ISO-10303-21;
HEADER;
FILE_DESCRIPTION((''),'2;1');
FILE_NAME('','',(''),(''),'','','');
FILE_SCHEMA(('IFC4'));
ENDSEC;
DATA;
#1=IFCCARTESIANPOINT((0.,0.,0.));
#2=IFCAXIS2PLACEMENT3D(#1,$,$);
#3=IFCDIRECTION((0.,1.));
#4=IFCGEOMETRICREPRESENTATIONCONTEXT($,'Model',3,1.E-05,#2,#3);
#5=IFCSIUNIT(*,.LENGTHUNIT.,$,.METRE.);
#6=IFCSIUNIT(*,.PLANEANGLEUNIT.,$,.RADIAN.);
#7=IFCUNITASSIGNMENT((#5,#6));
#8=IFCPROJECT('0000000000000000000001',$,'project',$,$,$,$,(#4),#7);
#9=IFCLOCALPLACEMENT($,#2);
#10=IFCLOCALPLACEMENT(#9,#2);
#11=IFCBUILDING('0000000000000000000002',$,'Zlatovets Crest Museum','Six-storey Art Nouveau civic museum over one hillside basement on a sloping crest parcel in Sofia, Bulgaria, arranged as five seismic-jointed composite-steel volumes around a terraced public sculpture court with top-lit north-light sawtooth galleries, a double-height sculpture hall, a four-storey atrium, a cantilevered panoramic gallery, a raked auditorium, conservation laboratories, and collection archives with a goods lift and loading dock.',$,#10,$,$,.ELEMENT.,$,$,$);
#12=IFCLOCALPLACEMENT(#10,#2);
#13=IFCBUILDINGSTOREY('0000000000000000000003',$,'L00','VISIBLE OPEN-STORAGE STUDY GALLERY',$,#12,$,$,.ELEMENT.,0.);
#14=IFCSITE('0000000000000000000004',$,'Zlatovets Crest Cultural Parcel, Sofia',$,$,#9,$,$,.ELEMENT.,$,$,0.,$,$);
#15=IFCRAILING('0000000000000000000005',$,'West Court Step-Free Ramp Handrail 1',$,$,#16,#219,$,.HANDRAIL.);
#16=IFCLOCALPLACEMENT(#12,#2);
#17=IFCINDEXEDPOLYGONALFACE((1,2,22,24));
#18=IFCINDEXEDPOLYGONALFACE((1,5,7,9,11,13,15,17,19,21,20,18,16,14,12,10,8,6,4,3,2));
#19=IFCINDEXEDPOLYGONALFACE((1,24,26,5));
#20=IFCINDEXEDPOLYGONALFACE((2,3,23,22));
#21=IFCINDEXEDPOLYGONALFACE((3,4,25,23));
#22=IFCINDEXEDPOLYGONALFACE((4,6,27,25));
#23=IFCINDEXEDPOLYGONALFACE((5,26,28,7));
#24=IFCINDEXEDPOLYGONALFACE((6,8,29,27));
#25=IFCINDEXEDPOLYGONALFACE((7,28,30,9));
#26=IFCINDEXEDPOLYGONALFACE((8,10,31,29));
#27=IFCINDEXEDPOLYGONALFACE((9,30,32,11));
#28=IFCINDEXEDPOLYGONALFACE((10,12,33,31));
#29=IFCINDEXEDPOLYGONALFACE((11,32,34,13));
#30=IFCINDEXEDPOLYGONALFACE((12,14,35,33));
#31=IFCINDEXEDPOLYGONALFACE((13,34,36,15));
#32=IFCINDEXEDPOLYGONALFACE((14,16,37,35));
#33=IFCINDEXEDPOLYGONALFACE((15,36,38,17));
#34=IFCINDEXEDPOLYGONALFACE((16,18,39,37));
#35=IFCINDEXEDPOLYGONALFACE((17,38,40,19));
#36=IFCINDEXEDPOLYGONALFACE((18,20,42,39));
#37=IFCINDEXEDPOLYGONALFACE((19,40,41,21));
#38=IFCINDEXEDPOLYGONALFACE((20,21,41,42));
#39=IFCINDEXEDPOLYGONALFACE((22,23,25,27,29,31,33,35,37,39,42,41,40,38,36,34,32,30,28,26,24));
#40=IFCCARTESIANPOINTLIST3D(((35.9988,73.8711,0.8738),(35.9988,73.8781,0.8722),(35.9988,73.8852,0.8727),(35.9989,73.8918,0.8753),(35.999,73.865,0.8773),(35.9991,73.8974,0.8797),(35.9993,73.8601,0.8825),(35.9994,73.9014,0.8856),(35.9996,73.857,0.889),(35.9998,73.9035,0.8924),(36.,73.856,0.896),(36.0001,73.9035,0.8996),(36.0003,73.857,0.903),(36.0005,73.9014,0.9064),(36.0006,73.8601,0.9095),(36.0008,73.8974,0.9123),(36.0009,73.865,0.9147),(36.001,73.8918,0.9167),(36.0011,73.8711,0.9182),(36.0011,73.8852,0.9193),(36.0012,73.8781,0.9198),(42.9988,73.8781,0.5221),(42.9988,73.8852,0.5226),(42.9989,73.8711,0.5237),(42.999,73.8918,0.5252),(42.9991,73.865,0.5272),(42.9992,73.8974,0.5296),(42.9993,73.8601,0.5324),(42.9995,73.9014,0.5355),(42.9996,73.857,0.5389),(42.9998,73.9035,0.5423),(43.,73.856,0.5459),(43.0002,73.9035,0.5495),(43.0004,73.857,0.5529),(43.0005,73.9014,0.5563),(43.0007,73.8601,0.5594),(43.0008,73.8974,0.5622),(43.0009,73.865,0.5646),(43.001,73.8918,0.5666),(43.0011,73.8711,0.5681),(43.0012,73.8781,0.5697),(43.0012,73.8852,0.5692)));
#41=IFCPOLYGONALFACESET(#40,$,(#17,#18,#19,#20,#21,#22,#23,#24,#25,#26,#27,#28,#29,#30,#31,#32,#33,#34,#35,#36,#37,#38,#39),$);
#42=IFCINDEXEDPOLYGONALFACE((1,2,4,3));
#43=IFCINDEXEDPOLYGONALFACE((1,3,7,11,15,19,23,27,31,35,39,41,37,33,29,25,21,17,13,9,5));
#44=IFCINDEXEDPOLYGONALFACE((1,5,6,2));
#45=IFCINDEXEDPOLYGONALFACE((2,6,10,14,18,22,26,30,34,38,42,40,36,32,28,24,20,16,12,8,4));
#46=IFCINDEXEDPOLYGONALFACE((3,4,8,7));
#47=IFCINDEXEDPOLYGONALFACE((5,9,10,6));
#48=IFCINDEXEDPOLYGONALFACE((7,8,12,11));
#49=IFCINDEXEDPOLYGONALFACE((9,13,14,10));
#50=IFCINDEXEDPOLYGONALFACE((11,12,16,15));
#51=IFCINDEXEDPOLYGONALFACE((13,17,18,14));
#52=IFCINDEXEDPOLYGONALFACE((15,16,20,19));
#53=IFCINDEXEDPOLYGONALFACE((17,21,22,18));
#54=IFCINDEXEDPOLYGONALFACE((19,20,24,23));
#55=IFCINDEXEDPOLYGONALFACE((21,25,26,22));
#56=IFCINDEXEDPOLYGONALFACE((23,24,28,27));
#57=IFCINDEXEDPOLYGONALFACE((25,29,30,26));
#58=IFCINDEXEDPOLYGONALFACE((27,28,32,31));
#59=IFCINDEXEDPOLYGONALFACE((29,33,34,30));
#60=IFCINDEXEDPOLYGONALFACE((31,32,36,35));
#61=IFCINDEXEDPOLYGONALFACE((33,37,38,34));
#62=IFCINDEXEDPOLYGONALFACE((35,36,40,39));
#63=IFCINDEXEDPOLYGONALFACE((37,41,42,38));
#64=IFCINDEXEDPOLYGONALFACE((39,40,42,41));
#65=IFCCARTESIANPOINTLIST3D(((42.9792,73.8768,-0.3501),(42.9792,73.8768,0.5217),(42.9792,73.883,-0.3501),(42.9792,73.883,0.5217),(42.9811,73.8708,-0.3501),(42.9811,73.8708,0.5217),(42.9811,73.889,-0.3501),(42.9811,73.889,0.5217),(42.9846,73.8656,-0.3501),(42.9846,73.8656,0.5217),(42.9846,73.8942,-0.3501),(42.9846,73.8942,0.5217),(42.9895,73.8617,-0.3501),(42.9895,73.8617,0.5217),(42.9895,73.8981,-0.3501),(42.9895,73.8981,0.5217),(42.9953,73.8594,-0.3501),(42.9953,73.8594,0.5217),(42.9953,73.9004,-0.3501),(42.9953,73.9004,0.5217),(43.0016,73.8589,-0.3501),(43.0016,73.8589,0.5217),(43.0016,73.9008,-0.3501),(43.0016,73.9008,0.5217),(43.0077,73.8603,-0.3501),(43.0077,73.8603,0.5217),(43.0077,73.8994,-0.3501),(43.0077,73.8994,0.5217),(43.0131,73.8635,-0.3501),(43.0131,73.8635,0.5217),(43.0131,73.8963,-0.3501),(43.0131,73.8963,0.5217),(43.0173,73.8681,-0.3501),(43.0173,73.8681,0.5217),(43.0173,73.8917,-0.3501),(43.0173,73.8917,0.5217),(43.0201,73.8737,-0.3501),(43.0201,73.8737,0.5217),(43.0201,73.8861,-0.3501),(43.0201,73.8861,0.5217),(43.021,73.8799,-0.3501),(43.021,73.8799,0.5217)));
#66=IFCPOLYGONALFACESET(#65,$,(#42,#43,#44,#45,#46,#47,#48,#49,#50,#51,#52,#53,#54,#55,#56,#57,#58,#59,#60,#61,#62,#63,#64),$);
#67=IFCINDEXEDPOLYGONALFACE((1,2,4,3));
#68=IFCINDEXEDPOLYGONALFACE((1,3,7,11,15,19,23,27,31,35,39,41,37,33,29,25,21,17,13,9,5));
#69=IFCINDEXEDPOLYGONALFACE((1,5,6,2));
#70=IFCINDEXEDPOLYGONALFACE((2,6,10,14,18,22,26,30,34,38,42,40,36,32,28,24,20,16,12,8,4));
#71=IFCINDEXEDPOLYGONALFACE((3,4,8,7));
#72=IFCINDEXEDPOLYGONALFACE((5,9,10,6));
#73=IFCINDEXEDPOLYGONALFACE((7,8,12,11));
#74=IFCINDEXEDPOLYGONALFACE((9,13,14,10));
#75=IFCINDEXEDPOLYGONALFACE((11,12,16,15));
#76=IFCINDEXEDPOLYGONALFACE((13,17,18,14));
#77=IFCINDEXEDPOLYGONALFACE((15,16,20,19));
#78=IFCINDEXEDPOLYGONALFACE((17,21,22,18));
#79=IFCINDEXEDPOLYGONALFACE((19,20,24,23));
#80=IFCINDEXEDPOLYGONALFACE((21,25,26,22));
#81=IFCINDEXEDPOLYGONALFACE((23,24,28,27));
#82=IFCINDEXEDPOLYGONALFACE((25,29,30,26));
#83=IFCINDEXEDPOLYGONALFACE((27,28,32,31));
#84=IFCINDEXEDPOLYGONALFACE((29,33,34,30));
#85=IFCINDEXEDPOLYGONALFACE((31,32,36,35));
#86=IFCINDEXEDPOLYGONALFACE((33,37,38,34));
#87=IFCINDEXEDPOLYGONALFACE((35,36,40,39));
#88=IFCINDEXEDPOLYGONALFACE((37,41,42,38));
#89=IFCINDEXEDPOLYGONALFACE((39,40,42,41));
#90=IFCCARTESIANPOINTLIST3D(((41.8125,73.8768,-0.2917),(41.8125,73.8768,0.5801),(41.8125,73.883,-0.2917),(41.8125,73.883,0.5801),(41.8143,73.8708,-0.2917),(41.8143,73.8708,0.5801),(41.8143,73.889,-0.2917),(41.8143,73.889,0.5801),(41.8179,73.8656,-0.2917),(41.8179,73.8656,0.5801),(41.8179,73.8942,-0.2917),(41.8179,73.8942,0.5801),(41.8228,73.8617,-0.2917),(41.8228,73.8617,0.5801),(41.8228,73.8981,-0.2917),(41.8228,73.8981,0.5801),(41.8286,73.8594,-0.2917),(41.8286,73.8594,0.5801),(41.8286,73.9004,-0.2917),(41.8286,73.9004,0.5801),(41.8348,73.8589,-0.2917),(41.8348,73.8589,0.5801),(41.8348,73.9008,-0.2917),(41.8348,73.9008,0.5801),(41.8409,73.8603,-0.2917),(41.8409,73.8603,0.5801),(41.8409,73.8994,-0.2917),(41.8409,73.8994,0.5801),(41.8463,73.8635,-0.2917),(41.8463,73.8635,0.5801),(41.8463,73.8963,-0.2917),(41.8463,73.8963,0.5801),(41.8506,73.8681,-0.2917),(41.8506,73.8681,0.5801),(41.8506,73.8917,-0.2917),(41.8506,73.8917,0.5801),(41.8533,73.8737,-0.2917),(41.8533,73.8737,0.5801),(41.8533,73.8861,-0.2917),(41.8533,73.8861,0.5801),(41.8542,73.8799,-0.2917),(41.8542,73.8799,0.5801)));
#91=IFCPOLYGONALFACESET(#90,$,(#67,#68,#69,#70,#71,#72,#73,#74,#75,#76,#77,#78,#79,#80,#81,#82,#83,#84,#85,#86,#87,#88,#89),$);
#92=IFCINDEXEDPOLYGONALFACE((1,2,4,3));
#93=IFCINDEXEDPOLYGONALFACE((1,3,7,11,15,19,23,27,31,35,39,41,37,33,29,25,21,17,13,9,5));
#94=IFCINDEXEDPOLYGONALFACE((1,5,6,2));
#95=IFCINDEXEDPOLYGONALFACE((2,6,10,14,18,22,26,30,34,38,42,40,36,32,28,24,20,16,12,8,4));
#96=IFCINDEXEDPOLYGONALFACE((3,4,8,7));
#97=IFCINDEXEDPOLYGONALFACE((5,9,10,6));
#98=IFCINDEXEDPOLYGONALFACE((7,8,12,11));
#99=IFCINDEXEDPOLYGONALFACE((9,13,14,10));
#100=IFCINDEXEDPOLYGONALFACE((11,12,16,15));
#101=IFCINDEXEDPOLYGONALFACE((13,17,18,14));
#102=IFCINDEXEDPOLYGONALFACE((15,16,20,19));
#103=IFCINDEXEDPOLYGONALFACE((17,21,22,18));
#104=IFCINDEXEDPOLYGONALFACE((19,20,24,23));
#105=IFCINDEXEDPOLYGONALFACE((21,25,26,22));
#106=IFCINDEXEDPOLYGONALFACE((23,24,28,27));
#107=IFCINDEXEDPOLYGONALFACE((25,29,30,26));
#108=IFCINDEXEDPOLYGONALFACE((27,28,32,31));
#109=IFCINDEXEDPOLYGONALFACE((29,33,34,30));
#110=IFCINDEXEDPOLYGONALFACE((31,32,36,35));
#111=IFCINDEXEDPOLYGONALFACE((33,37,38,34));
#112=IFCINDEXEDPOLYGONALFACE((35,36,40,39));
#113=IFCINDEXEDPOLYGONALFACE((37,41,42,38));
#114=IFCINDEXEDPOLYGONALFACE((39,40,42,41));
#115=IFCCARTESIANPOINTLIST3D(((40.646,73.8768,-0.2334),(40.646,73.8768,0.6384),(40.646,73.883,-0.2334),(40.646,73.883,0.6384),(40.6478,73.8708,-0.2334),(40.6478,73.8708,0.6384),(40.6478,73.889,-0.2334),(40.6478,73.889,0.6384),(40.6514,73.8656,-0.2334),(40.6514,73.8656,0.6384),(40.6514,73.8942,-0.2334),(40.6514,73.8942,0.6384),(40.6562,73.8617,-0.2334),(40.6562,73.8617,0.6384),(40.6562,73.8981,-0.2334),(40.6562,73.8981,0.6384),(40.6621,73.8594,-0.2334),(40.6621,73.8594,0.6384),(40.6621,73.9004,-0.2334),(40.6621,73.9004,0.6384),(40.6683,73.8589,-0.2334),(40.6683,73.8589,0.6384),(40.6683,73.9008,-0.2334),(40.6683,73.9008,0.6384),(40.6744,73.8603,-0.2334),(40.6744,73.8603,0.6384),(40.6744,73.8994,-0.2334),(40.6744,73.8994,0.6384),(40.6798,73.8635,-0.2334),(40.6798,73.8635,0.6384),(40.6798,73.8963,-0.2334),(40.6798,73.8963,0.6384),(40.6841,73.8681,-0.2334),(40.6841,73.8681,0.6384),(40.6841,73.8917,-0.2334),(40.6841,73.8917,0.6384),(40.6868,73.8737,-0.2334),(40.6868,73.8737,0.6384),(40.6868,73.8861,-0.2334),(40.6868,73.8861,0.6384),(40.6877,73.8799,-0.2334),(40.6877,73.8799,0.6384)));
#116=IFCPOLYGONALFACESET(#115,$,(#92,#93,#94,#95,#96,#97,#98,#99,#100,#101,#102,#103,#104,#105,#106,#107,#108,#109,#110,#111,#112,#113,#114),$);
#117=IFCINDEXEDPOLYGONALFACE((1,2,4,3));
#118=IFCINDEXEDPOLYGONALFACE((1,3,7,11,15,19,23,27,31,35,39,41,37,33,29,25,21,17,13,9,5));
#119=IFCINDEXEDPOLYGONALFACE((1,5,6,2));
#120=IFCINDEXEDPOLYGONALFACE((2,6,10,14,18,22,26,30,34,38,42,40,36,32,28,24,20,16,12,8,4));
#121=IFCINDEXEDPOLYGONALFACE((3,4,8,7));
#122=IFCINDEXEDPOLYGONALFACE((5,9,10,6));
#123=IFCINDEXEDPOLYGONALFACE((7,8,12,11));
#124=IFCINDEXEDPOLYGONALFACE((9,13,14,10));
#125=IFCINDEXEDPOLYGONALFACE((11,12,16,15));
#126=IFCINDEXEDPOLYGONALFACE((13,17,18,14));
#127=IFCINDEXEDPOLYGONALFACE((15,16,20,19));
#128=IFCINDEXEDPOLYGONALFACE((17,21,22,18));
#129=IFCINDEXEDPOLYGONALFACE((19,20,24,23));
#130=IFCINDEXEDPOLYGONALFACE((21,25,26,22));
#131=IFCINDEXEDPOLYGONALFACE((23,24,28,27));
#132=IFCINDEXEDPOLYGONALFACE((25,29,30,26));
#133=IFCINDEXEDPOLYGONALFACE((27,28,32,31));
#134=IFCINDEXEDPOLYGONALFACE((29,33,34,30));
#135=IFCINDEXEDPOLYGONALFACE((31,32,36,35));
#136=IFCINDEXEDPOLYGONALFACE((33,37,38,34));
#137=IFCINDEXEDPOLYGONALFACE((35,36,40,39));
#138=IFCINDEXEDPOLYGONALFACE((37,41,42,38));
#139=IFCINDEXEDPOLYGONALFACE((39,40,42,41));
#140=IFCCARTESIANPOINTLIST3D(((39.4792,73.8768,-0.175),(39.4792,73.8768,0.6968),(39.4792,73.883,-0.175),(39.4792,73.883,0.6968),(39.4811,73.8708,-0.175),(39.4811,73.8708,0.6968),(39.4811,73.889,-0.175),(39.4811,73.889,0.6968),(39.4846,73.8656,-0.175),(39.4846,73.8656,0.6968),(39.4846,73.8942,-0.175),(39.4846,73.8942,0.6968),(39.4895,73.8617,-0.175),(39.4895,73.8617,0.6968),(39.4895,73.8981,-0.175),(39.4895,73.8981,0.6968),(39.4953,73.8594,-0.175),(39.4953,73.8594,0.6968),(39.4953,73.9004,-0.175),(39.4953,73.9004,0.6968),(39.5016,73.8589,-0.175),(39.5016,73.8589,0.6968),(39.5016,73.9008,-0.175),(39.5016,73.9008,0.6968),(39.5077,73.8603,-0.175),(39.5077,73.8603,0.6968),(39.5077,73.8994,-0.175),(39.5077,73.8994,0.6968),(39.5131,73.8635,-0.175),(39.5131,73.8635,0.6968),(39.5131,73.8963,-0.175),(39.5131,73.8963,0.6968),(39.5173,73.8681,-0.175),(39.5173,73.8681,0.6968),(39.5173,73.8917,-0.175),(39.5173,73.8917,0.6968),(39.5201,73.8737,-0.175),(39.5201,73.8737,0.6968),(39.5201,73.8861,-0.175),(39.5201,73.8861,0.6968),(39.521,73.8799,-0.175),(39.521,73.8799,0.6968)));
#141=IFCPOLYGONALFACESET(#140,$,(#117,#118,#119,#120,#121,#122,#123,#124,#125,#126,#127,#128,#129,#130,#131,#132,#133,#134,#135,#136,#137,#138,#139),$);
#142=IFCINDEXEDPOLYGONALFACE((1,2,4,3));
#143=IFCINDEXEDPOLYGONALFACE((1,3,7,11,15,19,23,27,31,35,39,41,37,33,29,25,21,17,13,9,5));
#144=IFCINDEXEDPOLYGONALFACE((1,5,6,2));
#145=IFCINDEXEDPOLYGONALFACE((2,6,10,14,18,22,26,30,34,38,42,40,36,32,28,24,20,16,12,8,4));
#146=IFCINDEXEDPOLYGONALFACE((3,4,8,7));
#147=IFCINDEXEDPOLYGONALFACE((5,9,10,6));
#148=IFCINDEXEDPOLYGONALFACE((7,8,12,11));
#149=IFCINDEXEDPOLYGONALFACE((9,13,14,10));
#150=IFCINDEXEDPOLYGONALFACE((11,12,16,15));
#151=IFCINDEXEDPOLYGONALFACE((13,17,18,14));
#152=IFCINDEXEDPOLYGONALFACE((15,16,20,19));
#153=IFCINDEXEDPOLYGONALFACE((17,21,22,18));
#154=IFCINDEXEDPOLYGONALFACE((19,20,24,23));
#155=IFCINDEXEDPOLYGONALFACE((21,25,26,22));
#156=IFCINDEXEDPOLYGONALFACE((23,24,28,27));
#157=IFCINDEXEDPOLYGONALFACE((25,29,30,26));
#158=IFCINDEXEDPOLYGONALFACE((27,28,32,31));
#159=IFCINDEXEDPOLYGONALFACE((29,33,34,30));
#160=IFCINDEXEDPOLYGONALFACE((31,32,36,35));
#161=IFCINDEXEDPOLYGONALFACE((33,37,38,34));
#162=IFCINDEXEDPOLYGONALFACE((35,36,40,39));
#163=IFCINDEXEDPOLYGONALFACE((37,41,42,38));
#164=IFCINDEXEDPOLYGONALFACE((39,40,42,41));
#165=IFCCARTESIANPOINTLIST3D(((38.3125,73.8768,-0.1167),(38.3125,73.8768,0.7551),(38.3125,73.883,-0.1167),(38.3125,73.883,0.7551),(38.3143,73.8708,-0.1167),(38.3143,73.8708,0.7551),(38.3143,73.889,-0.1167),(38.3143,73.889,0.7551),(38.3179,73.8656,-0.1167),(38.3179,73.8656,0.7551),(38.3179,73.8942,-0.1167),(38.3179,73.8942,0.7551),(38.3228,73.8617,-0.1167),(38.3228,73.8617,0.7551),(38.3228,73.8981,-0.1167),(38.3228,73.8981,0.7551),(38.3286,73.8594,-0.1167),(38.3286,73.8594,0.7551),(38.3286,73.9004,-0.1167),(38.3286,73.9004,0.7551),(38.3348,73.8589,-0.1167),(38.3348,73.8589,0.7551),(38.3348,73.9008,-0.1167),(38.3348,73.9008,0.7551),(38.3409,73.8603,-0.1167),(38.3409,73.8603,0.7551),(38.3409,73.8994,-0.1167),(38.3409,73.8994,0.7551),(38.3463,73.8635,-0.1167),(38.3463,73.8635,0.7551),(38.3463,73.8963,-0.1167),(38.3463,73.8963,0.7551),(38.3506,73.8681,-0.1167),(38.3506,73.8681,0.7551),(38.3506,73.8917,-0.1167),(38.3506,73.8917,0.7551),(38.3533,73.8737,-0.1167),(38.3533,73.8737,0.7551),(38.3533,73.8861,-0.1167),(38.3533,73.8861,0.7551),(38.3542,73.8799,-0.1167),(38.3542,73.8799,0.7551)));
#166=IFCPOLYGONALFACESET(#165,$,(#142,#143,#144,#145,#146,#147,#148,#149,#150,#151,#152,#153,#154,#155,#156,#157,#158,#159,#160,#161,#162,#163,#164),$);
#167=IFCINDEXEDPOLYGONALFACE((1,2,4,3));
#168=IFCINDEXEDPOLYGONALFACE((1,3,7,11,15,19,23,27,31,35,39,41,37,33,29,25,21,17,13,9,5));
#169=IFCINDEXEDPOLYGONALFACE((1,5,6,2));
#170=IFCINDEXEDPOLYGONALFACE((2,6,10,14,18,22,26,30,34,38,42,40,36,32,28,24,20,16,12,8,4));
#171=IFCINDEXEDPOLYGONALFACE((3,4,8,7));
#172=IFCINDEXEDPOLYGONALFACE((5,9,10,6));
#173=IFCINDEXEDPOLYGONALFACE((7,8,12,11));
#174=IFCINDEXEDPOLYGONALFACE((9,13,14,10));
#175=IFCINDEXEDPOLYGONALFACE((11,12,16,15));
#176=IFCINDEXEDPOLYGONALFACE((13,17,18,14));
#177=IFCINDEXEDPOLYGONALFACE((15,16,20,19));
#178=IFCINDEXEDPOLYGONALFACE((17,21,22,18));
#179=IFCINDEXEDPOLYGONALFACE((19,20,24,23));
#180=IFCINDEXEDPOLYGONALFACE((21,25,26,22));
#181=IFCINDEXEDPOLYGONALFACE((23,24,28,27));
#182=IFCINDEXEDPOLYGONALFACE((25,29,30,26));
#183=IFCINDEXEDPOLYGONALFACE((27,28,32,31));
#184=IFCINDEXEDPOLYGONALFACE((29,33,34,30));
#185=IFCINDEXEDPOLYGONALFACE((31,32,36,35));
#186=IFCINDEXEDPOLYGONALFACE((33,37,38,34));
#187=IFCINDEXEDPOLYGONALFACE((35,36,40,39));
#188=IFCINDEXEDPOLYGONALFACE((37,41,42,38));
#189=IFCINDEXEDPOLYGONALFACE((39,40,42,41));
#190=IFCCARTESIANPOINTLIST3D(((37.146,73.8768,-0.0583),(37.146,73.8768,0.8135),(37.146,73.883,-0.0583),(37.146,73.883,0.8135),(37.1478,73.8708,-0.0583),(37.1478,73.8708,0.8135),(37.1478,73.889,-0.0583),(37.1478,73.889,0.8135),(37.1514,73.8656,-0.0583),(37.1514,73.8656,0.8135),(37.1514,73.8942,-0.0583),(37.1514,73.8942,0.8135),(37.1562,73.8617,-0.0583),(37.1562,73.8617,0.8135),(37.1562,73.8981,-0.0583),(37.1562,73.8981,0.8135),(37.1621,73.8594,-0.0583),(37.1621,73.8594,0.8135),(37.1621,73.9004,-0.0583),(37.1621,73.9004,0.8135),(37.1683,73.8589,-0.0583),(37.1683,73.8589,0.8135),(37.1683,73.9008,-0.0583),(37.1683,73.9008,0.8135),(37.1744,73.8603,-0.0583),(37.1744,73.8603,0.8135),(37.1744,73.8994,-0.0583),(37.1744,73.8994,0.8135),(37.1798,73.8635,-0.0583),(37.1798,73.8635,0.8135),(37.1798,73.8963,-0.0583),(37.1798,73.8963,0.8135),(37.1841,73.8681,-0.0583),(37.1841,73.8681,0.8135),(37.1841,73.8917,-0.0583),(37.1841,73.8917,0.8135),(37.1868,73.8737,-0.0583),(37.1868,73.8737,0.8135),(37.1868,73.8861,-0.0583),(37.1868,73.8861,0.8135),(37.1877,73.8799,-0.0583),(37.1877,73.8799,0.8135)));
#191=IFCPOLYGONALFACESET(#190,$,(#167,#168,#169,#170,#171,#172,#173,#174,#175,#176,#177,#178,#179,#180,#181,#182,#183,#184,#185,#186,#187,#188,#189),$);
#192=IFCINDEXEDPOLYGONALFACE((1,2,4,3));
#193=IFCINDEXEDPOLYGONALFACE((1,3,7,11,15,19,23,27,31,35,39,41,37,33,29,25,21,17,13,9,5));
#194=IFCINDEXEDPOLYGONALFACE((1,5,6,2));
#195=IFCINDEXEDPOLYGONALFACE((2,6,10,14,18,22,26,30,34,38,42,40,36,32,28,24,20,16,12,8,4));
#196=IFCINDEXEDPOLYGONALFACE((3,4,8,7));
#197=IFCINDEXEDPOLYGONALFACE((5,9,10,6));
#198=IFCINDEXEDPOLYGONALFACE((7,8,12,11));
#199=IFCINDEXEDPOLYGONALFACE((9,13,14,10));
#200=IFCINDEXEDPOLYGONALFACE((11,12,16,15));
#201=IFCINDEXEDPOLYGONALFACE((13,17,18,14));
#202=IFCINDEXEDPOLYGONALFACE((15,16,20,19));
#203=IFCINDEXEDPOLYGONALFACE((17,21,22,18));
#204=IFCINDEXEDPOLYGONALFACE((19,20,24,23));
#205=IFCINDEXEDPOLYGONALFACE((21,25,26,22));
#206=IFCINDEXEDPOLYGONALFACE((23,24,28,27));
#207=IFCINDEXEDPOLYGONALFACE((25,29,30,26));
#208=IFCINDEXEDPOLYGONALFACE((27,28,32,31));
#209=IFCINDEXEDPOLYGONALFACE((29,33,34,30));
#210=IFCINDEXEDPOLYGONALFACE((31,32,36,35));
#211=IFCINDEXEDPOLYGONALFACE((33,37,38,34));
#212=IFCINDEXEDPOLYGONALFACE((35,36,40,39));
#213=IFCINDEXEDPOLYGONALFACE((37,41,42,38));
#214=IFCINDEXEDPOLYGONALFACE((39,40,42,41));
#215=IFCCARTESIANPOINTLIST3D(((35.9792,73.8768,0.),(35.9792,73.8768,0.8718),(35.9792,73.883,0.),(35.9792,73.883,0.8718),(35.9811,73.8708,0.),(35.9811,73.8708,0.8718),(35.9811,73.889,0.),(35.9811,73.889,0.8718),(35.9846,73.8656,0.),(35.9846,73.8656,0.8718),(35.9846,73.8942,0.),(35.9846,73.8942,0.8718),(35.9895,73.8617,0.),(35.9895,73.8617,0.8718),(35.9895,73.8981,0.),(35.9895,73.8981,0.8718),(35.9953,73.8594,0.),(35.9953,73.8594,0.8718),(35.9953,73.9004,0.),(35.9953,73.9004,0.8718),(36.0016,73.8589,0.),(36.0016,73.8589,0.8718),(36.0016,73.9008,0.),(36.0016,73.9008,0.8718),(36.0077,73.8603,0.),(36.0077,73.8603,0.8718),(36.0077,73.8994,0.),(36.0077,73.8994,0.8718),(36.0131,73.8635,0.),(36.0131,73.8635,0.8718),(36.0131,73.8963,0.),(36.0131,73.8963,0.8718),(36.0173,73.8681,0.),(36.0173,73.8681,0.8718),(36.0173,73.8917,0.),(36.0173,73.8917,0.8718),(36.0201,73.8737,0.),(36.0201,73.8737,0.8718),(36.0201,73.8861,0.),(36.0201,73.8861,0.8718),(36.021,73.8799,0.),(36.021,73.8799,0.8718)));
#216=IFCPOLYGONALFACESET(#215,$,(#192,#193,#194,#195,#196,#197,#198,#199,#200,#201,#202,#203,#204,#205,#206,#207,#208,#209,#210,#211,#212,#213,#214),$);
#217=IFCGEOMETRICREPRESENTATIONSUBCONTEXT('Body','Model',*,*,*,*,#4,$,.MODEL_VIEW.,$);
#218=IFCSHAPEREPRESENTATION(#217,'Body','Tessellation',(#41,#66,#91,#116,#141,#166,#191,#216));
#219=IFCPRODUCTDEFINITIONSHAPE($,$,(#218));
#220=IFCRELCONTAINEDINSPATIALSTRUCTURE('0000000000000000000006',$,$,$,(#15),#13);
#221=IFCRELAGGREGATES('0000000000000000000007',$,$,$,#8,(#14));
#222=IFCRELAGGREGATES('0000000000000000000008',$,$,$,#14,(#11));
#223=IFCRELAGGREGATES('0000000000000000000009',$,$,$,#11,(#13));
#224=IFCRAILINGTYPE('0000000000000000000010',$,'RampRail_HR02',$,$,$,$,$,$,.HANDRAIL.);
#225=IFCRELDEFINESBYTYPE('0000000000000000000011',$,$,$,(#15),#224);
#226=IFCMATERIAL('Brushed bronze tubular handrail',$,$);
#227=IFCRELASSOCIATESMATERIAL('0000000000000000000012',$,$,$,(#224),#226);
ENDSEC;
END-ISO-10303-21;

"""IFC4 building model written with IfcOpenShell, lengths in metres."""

from ifc_helpers import new_model, si_unit, direction, frame, origin, origin_2d, place, context, subcontext, project, spatial, circle, extrude, material, type_object, element, save


model = new_model("IFC4")

# Units and contexts
model_context = context("Model", 3, precision=1e-05, world=origin(), true_north=direction((0.0, 1.0)))
body_context = subcontext(model_context, "Body", "Model", "MODEL_VIEW")
ifc_project = project(units=[si_unit("LENGTHUNIT", "METRE"), si_unit("PLANEANGLEUNIT", "RADIAN")], contexts=[model_context])

# Site, building, storey
site_placement = place(None, origin())
site = spatial("IfcSite", under=ifc_project, at=site_placement, Name="Zlatovets Crest Cultural Parcel, Sofia", CompositionType="ELEMENT", RefElevation=0.0)
building_placement = place(site_placement, origin())
building = spatial("IfcBuilding", under=site, at=building_placement, Name="Zlatovets Crest Museum", Description="Six-storey Art Nouveau civic museum over one hillside basement on a sloping crest parcel in Sofia, Bulgaria, arranged as five seismic-jointed composite-steel volumes around a terraced public sculpture court with top-lit north-light sawtooth galleries, a double-height sculpture hall, a four-storey atrium, a cantilevered panoramic gallery, a raked auditorium, conservation laboratories, and collection archives with a goods lift and loading dock.", CompositionType="ELEMENT")
storey_placement = place(building_placement, origin())
storey = spatial("IfcBuildingStorey", under=building, at=storey_placement, Name="L00", Description="VISIBLE OPEN-STORAGE STUDY GALLERY", CompositionType="ELEMENT", Elevation=0.0)

# Railing
ifc_material_1 = material(Name="Brushed bronze tubular handrail")
railing_type = type_object("IfcRailingType", Name="RampRail_HR02", PredefinedType="HANDRAIL", material=ifc_material_1)
railing_placement = place(storey_placement, frame((43.0, 73.8799, -0.3501)))
element("IfcRailing", 1, at=railing_placement, inside=storey, type_object=railing_type, Name="West Court Step-Free Ramp Handrail 1", PredefinedType="HANDRAIL", context=body_context, shape_type="SweptSolid", body=[
    extrude(circle(Radius=0.0239, at=origin_2d()), frame((0.0, 0.0, 0.896), z_axis=(-0.998752, 0.0, 0.049952), x_axis=(0.0, -1.0, 0.0)), (0.0, 0.0, 1.0), 7.0088),
    extrude(circle(Radius=0.021, at=origin_2d()), origin(), (0.0, 0.0, 1.0), 0.8718),
    extrude(circle(Radius=0.021, at=origin_2d()), frame((-1.1667, 0.0, 0.0583)), (0.0, 0.0, 1.0), 0.8718),
    extrude(circle(Radius=0.021, at=origin_2d()), frame((-2.3333, 0.0, 0.1167)), (0.0, 0.0, 1.0), 0.8718),
    extrude(circle(Radius=0.021, at=origin_2d()), frame((-3.5, 0.0, 0.175)), (0.0, 0.0, 1.0), 0.8718),
    extrude(circle(Radius=0.021, at=origin_2d()), frame((-4.6667, 0.0, 0.2334)), (0.0, 0.0, 1.0), 0.8718),
    extrude(circle(Radius=0.021, at=origin_2d()), frame((-5.8333, 0.0, 0.2917)), (0.0, 0.0, 1.0), 0.8718),
    extrude(circle(Radius=0.021, at=origin_2d()), frame((-7.0, 0.0, 0.3501)), (0.0, 0.0, 1.0), 0.8718),
])

save(model, "model.ifc")
